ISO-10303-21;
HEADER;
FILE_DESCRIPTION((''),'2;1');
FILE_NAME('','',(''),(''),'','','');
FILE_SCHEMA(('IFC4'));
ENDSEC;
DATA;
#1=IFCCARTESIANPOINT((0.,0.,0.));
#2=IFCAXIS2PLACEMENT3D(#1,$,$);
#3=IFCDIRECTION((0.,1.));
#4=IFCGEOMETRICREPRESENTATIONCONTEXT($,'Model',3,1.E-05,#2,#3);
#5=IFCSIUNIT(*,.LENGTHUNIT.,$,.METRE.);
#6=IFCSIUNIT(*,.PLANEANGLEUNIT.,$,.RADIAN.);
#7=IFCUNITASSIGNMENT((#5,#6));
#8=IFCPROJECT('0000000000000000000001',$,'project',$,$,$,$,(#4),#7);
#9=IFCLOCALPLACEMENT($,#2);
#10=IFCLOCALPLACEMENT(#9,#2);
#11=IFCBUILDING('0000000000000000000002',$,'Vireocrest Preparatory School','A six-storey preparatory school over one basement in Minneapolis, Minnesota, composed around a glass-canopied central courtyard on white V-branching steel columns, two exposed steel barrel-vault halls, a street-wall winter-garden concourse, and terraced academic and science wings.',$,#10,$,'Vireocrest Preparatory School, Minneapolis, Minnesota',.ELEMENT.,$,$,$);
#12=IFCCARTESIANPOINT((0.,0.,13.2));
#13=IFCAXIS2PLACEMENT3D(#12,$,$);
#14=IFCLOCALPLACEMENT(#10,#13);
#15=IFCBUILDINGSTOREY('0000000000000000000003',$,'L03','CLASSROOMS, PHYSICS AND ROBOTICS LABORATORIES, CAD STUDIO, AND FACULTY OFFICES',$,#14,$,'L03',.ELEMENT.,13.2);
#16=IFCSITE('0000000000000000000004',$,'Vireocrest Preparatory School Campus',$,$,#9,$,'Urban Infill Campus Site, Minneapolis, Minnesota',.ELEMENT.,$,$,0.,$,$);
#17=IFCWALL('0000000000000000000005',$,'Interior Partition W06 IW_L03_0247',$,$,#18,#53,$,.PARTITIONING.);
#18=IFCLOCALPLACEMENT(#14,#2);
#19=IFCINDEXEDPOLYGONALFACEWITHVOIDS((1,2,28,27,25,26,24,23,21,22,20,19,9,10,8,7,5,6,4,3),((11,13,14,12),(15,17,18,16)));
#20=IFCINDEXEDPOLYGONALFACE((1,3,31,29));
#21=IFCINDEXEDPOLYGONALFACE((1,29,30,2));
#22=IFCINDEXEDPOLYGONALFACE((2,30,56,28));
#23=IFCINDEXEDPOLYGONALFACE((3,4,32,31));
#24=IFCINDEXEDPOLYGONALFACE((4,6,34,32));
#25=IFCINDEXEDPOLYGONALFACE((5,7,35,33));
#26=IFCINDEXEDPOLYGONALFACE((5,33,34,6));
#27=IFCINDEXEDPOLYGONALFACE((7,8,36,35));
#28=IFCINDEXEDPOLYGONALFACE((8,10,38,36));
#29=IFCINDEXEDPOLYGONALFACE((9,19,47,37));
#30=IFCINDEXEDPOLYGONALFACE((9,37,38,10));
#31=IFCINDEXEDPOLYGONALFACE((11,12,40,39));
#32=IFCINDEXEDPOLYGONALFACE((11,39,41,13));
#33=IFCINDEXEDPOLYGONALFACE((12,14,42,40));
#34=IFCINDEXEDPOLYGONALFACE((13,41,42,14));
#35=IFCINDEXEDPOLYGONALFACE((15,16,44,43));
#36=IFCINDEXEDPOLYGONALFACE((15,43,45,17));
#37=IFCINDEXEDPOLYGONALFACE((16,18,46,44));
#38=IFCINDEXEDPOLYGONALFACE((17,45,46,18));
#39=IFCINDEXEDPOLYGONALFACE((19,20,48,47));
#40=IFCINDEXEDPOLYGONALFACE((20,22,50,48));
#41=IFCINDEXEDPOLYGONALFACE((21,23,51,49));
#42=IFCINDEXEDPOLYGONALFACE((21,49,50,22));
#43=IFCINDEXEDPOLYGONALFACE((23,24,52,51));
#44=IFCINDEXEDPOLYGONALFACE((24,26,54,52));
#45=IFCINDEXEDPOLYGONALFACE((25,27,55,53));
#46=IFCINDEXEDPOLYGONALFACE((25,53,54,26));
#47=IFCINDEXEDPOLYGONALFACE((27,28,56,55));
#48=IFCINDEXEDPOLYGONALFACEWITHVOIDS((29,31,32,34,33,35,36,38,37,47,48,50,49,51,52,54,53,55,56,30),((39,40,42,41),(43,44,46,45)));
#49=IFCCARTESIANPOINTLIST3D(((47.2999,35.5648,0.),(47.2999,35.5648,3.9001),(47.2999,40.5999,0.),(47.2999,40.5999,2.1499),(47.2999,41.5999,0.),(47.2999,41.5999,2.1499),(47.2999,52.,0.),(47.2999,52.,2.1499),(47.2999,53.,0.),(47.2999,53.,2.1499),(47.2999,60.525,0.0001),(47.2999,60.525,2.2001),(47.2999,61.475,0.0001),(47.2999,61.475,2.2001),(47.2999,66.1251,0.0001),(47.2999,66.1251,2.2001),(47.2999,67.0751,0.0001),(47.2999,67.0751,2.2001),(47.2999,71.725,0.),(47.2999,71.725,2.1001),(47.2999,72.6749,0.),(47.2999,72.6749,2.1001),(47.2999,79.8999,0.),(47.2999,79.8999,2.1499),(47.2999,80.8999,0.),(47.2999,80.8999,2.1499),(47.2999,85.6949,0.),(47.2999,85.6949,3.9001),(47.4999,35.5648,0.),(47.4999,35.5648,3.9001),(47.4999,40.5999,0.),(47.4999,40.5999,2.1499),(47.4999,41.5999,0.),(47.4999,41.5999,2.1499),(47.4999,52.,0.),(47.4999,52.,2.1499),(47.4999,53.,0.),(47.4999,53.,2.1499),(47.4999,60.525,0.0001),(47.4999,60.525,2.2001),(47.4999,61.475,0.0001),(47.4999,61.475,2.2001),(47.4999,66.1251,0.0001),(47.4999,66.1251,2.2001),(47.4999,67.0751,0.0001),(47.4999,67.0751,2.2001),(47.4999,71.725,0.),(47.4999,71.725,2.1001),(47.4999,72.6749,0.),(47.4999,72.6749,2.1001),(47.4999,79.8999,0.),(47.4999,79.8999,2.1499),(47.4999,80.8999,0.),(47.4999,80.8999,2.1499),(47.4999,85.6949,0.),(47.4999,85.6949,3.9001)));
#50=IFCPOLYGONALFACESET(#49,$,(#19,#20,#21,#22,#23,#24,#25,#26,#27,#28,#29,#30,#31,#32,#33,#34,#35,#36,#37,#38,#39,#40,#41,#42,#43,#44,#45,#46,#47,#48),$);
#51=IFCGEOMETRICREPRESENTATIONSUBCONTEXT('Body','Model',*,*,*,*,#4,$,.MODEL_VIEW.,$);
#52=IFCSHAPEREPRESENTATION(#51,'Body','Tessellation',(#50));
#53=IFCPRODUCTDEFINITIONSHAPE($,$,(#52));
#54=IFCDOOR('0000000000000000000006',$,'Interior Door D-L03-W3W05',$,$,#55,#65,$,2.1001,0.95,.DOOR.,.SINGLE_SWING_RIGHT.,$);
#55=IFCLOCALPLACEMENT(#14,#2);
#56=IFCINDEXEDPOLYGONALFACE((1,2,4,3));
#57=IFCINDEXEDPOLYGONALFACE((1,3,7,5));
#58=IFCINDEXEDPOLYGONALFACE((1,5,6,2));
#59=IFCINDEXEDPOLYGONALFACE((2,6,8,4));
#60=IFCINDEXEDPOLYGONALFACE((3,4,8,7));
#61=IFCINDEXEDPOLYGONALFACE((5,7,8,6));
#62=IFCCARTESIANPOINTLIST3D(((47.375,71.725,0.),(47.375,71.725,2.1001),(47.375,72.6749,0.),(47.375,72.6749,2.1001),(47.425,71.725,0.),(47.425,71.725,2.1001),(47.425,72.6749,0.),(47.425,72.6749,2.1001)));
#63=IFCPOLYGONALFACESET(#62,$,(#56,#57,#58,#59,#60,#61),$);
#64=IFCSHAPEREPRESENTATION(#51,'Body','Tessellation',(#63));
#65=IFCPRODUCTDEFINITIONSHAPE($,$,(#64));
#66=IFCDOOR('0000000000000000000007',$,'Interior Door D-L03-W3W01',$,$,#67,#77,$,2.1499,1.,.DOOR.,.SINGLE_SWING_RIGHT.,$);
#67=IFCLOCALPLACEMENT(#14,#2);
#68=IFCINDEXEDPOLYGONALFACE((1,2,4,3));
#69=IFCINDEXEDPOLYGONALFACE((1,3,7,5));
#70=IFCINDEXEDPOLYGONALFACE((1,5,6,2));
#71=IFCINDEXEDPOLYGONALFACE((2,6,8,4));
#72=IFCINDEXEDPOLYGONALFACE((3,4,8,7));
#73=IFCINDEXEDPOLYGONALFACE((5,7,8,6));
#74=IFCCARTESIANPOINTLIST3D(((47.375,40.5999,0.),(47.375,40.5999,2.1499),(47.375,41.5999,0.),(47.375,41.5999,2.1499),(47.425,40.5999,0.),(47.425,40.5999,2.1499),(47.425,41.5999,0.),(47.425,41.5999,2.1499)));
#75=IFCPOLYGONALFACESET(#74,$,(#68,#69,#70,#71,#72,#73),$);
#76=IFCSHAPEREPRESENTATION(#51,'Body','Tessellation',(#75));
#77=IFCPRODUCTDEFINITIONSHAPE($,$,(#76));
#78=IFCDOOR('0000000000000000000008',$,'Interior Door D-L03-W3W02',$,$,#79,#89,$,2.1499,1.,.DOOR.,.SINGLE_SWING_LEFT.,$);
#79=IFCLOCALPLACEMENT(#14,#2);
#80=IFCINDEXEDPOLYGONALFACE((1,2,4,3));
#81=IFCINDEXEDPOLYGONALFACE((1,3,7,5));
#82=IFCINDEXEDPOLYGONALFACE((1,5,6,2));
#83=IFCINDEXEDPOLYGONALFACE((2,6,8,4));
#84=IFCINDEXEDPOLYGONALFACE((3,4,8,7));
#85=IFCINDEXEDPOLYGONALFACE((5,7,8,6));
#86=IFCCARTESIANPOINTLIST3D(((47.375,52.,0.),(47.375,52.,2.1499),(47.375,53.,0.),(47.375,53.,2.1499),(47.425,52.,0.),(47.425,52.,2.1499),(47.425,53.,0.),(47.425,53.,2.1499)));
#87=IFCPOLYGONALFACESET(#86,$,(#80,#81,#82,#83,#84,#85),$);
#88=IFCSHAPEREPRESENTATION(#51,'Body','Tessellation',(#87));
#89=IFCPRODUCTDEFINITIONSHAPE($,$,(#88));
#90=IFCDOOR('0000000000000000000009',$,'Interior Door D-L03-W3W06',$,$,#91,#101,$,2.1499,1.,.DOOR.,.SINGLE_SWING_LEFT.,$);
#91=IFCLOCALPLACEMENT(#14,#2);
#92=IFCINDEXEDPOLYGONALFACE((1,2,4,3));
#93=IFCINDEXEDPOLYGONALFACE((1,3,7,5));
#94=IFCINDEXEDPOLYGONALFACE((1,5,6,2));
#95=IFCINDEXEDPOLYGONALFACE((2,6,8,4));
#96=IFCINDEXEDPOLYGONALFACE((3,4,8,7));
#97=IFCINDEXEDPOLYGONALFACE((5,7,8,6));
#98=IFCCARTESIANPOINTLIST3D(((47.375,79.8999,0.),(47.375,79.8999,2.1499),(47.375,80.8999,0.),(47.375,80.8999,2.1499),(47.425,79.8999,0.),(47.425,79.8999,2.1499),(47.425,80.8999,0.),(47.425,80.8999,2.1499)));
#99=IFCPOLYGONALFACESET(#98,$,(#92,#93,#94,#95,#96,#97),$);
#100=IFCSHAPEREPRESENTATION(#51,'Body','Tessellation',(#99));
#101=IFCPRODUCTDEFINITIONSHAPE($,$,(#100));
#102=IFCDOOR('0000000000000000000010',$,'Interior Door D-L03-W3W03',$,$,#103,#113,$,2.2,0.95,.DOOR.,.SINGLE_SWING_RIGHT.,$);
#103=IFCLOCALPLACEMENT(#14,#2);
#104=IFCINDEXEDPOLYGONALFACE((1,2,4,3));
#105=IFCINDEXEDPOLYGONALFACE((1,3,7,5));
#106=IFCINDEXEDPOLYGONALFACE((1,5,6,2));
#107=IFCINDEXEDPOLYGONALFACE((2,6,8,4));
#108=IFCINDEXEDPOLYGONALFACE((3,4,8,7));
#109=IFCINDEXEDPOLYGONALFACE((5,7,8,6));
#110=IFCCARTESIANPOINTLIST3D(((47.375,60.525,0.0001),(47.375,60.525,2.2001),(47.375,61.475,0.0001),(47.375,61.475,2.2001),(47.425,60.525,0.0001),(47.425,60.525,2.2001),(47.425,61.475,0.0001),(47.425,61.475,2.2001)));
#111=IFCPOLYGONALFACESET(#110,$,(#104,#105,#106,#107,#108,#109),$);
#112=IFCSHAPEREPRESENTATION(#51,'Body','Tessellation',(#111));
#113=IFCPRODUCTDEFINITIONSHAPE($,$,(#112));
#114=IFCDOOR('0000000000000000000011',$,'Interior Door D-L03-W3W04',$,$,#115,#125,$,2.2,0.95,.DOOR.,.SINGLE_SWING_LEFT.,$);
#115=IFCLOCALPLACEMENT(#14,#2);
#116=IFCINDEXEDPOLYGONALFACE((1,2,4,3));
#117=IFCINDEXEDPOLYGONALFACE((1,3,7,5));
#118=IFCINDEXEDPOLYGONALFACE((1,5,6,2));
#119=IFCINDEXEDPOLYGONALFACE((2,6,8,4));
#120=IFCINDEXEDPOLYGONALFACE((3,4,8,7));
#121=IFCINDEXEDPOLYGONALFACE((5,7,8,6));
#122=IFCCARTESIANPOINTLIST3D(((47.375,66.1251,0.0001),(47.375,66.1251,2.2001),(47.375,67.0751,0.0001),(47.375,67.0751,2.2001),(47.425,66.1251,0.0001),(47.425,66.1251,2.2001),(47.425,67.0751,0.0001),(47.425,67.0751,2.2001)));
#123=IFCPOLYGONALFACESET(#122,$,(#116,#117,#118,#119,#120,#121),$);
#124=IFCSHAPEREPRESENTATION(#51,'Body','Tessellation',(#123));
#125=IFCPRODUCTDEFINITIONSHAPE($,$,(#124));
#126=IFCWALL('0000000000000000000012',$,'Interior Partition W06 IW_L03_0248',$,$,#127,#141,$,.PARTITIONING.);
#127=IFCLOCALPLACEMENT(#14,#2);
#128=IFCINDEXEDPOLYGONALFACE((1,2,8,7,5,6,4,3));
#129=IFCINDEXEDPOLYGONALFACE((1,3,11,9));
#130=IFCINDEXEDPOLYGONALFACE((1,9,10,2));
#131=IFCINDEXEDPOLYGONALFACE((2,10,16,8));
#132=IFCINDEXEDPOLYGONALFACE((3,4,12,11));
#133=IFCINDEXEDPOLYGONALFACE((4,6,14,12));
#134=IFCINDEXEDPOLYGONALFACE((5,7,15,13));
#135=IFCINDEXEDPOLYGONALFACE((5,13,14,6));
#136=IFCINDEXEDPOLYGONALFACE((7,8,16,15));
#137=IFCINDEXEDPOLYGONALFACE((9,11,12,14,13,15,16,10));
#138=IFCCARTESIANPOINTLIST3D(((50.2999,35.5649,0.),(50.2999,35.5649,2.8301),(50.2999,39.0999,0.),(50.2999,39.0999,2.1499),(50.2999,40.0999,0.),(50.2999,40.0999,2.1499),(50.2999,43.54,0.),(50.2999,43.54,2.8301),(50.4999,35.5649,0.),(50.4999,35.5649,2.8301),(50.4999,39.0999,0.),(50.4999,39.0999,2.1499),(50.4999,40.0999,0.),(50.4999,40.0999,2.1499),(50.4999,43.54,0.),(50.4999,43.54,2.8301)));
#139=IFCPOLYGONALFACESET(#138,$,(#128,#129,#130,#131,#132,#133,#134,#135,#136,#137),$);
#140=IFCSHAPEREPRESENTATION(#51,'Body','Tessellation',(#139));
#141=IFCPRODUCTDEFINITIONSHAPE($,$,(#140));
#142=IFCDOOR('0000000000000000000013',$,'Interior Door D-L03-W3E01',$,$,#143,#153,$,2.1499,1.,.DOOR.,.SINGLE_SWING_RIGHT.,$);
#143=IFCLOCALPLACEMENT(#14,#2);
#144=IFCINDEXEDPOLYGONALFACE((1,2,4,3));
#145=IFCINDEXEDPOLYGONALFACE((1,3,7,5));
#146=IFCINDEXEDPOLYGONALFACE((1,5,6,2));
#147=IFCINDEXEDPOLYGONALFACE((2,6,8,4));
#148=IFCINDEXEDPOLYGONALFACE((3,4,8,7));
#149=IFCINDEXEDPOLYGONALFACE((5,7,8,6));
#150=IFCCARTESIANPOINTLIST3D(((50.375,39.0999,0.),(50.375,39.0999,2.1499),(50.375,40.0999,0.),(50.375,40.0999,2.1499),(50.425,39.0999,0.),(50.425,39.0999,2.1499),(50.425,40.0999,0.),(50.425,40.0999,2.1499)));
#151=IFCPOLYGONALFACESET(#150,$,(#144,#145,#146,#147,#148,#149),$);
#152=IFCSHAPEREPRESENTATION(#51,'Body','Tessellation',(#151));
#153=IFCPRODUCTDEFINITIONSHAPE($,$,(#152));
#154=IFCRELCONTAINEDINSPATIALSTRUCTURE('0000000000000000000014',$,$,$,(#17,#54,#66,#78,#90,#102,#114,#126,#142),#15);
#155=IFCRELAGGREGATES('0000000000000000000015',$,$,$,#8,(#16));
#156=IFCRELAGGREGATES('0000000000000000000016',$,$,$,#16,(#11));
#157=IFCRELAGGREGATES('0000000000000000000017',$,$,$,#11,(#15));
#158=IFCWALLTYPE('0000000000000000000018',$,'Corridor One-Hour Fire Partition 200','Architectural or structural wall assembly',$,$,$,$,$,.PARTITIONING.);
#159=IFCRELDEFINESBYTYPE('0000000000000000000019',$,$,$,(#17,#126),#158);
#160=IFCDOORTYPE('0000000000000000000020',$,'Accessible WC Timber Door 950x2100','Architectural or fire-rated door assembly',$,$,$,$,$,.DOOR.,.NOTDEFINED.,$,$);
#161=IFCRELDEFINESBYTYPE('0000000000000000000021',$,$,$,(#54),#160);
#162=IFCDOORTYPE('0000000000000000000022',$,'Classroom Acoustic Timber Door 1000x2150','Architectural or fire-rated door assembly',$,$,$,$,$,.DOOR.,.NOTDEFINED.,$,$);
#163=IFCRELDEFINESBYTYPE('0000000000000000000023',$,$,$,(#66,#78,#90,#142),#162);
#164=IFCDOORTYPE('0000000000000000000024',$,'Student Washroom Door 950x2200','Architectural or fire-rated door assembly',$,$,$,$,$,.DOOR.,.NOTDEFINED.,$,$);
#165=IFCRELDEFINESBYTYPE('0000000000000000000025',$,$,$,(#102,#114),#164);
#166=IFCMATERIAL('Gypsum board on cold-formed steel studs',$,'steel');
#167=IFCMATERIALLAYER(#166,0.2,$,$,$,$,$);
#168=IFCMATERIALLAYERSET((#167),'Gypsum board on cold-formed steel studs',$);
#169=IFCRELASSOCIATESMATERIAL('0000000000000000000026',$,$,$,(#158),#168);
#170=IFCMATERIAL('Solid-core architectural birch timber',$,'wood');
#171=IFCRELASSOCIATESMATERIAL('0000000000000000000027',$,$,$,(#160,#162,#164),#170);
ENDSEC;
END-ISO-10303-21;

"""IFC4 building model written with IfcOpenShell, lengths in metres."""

from ifc_helpers import new_model, si_unit, direction, frame, frame_2d, origin, place, context, subcontext, project, spatial, rectangle, extrude, material, layer, layer_set, type_object, element, fill, save


model = new_model("IFC4")

# Units and contexts
model_context = context("Model", 3, precision=1e-05, world=origin(), true_north=direction((0.0, 1.0)))
body_context = subcontext(model_context, "Body", "Model", "MODEL_VIEW")
ifc_project = project(units=[si_unit("LENGTHUNIT", "METRE"), si_unit("PLANEANGLEUNIT", "RADIAN")], contexts=[model_context])

# Site, building, storey
site_placement = place(None, origin())
site = spatial("IfcSite", under=ifc_project, at=site_placement, Name="Vireocrest Preparatory School Campus", LongName="Urban Infill Campus Site, Minneapolis, Minnesota", CompositionType="ELEMENT", RefElevation=0.0)
building_placement = place(site_placement, origin())
building = spatial("IfcBuilding", under=site, at=building_placement, Name="Vireocrest Preparatory School", Description="A six-storey preparatory school over one basement in Minneapolis, Minnesota, composed around a glass-canopied central courtyard on white V-branching steel columns, two exposed steel barrel-vault halls, a street-wall winter-garden concourse, and terraced academic and science wings.", LongName="Vireocrest Preparatory School, Minneapolis, Minnesota", CompositionType="ELEMENT")
storey_placement = place(building_placement, frame((0.0, 0.0, 13.2)))
storey = spatial("IfcBuildingStorey", under=building, at=storey_placement, Name="L03", Description="CLASSROOMS, PHYSICS AND ROBOTICS LABORATORIES, CAD STUDIO, AND FACULTY OFFICES", LongName="L03", CompositionType="ELEMENT", Elevation=13.2)

# Wall, openings, doors
ifc_material_1 = material(Name="Gypsum board on cold-formed steel studs", Category="steel")
ifc_layer_1 = layer(ifc_material_1, 0.2)
ifc_layer_set_1 = layer_set([ifc_layer_1], Name="Gypsum board on cold-formed steel studs")
wall_type_1 = type_object("IfcWallType", Name="Corridor One-Hour Fire Partition 200", Description="Architectural or structural wall assembly", PredefinedType="PARTITIONING", material=ifc_layer_set_1)
wall_1_placement = place(storey_placement, frame((47.3999, 35.5649, 0.0), z_axis=(0.0, 0.0, 1.0), x_axis=(0.0, 1.0, 0.0)))
wall_1 = element("IfcWall", 1, at=wall_1_placement, inside=storey, type_object=wall_type_1, Name="Interior Partition W06 IW_L03_0247", PredefinedType="PARTITIONING", context=body_context, shape_type="SweptSolid", body=[
    extrude(rectangle(XDim=50.1301, YDim=0.2, at=frame_2d((25.0649, 0.0))), origin(), (0.0, 0.0, 1.0), 3.9001),
])
opening_1_placement = place(wall_1_placement, frame((5.0349, 0.0, 0.0)))
opening_1 = element("IfcOpeningElement", 2, at=opening_1_placement, cuts=wall_1, PredefinedType="OPENING", context=body_context, shape_type="SweptSolid", body=[
    extrude(rectangle(XDim=1.0, YDim=2.1499, at=frame_2d((0.5, 1.075))), frame((0.0, 0.1099, 0.0), z_axis=(0.0, -1.0, 0.0), x_axis=(1.0, 0.0, 0.0)), (0.0, 0.0, 1.0), 0.22),
])
opening_2_placement = place(wall_1_placement, frame((16.4351, 0.0, 0.0)))
opening_2 = element("IfcOpeningElement", 3, at=opening_2_placement, cuts=wall_1, PredefinedType="OPENING", context=body_context, shape_type="SweptSolid", body=[
    extrude(rectangle(XDim=1.0, YDim=2.1499, at=frame_2d((0.5, 1.075))), frame((0.0, 0.1099, 0.0), z_axis=(0.0, -1.0, 0.0), x_axis=(1.0, 0.0, 0.0)), (0.0, 0.0, 1.0), 0.22),
])
opening_3_placement = place(wall_1_placement, frame((24.96, 0.0, 0.0)))
opening_3 = element("IfcOpeningElement", 4, at=opening_3_placement, cuts=wall_1, PredefinedType="OPENING", context=body_context, shape_type="SweptSolid", body=[
    extrude(rectangle(XDim=0.95, YDim=2.2, at=frame_2d((0.4751, 1.1001))), frame((0.0, 0.1099, 0.0), z_axis=(0.0, -1.0, 0.0), x_axis=(1.0, 0.0, 0.0)), (0.0, 0.0, 1.0), 0.22),
])
opening_4_placement = place(wall_1_placement, frame((30.5601, 0.0, 0.0)))
opening_4 = element("IfcOpeningElement", 5, at=opening_4_placement, cuts=wall_1, PredefinedType="OPENING", context=body_context, shape_type="SweptSolid", body=[
    extrude(rectangle(XDim=0.95, YDim=2.2, at=frame_2d((0.4751, 1.1001))), frame((0.0, 0.1099, 0.0), z_axis=(0.0, -1.0, 0.0), x_axis=(1.0, 0.0, 0.0)), (0.0, 0.0, 1.0), 0.22),
])
opening_5_placement = place(wall_1_placement, frame((36.1599, 0.0, 0.0)))
opening_5 = element("IfcOpeningElement", 6, at=opening_5_placement, cuts=wall_1, PredefinedType="OPENING", context=body_context, shape_type="SweptSolid", body=[
    extrude(rectangle(XDim=0.95, YDim=2.1001, at=frame_2d((0.4751, 1.05))), frame((0.0, 0.1099, 0.0), z_axis=(0.0, -1.0, 0.0), x_axis=(1.0, 0.0, 0.0)), (0.0, 0.0, 1.0), 0.22),
])
opening_6_placement = place(wall_1_placement, frame((44.335, 0.0, 0.0)))
opening_6 = element("IfcOpeningElement", 7, at=opening_6_placement, cuts=wall_1, PredefinedType="OPENING", context=body_context, shape_type="SweptSolid", body=[
    extrude(rectangle(XDim=1.0, YDim=2.1499, at=frame_2d((0.5, 1.075))), frame((0.0, 0.1099, 0.0), z_axis=(0.0, -1.0, 0.0), x_axis=(1.0, 0.0, 0.0)), (0.0, 0.0, 1.0), 0.22),
])
ifc_material_2 = material(Name="Solid-core architectural birch timber", Category="wood")
door_type_1 = type_object("IfcDoorType", Name="Accessible WC Timber Door 950x2100", Description="Architectural or fire-rated door assembly", OperationType="NOTDEFINED", PredefinedType="DOOR", material=ifc_material_2)
door_1_placement = place(opening_5_placement, origin())
door_1 = element("IfcDoor", 8, at=door_1_placement, inside=storey, type_object=door_type_1, Name="Interior Door D-L03-W3W05", OperationType="SINGLE_SWING_RIGHT", OverallHeight=2.1001, OverallWidth=0.95, PredefinedType="DOOR", context=body_context, shape_type="SweptSolid", body=[
    extrude(rectangle(XDim=0.95, YDim=2.1001, at=frame_2d((0.4751, 1.05))), frame((0.0, 0.0249, 0.0), z_axis=(0.0, -1.0, 0.0), x_axis=(1.0, 0.0, 0.0)), (0.0, 0.0, 1.0), 0.05),
])
fill(opening_5, door_1)
door_type_2 = type_object("IfcDoorType", Name="Classroom Acoustic Timber Door 1000x2150", Description="Architectural or fire-rated door assembly", OperationType="NOTDEFINED", PredefinedType="DOOR", material=ifc_material_2)
door_2_placement = place(opening_1_placement, origin())
door_2 = element("IfcDoor", 9, at=door_2_placement, inside=storey, type_object=door_type_2, Name="Interior Door D-L03-W3W01", OperationType="SINGLE_SWING_RIGHT", OverallHeight=2.1499, OverallWidth=1.0, PredefinedType="DOOR", context=body_context, shape_type="SweptSolid", body=[
    extrude(rectangle(XDim=1.0, YDim=2.1499, at=frame_2d((0.5, 1.075))), frame((0.0, 0.0249, 0.0), z_axis=(0.0, -1.0, 0.0), x_axis=(1.0, 0.0, 0.0)), (0.0, 0.0, 1.0), 0.05),
])
fill(opening_1, door_2)
door_3_placement = place(opening_2_placement, origin())
door_3 = element("IfcDoor", 10, at=door_3_placement, inside=storey, type_object=door_type_2, Name="Interior Door D-L03-W3W02", OperationType="SINGLE_SWING_LEFT", OverallHeight=2.1499, OverallWidth=1.0, PredefinedType="DOOR", context=body_context, shape_type="SweptSolid", body=[
    extrude(rectangle(XDim=1.0, YDim=2.1499, at=frame_2d((0.5, 1.075))), frame((0.0, 0.0249, 0.0), z_axis=(0.0, -1.0, 0.0), x_axis=(1.0, 0.0, 0.0)), (0.0, 0.0, 1.0), 0.05),
])
fill(opening_2, door_3)
door_4_placement = place(opening_6_placement, origin())
door_4 = element("IfcDoor", 11, at=door_4_placement, inside=storey, type_object=door_type_2, Name="Interior Door D-L03-W3W06", OperationType="SINGLE_SWING_LEFT", OverallHeight=2.1499, OverallWidth=1.0, PredefinedType="DOOR", context=body_context, shape_type="SweptSolid", body=[
    extrude(rectangle(XDim=1.0, YDim=2.1499, at=frame_2d((0.5, 1.075))), frame((0.0, 0.0249, 0.0), z_axis=(0.0, -1.0, 0.0), x_axis=(1.0, 0.0, 0.0)), (0.0, 0.0, 1.0), 0.05),
])
fill(opening_6, door_4)
door_type_3 = type_object("IfcDoorType", Name="Student Washroom Door 950x2200", Description="Architectural or fire-rated door assembly", OperationType="NOTDEFINED", PredefinedType="DOOR", material=ifc_material_2)
door_5_placement = place(opening_3_placement, origin())
door_5 = element("IfcDoor", 12, at=door_5_placement, inside=storey, type_object=door_type_3, Name="Interior Door D-L03-W3W03", OperationType="SINGLE_SWING_RIGHT", OverallHeight=2.2, OverallWidth=0.95, PredefinedType="DOOR", context=body_context, shape_type="SweptSolid", body=[
    extrude(rectangle(XDim=0.95, YDim=2.2, at=frame_2d((0.4751, 1.1001))), frame((0.0, 0.0249, 0.0), z_axis=(0.0, -1.0, 0.0), x_axis=(1.0, 0.0, 0.0)), (0.0, 0.0, 1.0), 0.05),
])
fill(opening_3, door_5)
door_6_placement = place(opening_4_placement, origin())
door_6 = element("IfcDoor", 13, at=door_6_placement, inside=storey, type_object=door_type_3, Name="Interior Door D-L03-W3W04", OperationType="SINGLE_SWING_LEFT", OverallHeight=2.2, OverallWidth=0.95, PredefinedType="DOOR", context=body_context, shape_type="SweptSolid", body=[
    extrude(rectangle(XDim=0.95, YDim=2.2, at=frame_2d((0.4751, 1.1001))), frame((0.0, 0.0249, 0.0), z_axis=(0.0, -1.0, 0.0), x_axis=(1.0, 0.0, 0.0)), (0.0, 0.0, 1.0), 0.05),
])
fill(opening_4, door_6)

# Wall, opening, door
wall_2_placement = place(storey_placement, frame((50.3999, 35.5649, 0.0), z_axis=(0.0, 0.0, 1.0), x_axis=(0.0, 1.0, 0.0)))
wall_2 = element("IfcWall", 14, at=wall_2_placement, inside=storey, type_object=wall_type_1, Name="Interior Partition W06 IW_L03_0248", PredefinedType="PARTITIONING", context=body_context, shape_type="SweptSolid", body=[
    extrude(rectangle(XDim=7.9751, YDim=0.2, at=frame_2d((3.9875, 0.0))), origin(), (0.0, 0.0, 1.0), 2.8301),
])
opening_7_placement = place(wall_2_placement, frame((3.5349, 0.0, 0.0)))
opening_7 = element("IfcOpeningElement", 15, at=opening_7_placement, cuts=wall_2, PredefinedType="OPENING", context=body_context, shape_type="SweptSolid", body=[
    extrude(rectangle(XDim=1.0, YDim=2.1499, at=frame_2d((0.5, 1.075))), frame((0.0, 0.1099, 0.0), z_axis=(0.0, -1.0, 0.0), x_axis=(1.0, 0.0, 0.0)), (0.0, 0.0, 1.0), 0.22),
])
door_7_placement = place(opening_7_placement, origin())
door_7 = element("IfcDoor", 16, at=door_7_placement, inside=storey, type_object=door_type_2, Name="Interior Door D-L03-W3E01", OperationType="SINGLE_SWING_RIGHT", OverallHeight=2.1499, OverallWidth=1.0, PredefinedType="DOOR", context=body_context, shape_type="SweptSolid", body=[
    extrude(rectangle(XDim=1.0, YDim=2.1499, at=frame_2d((0.5, 1.075))), frame((0.0, 0.0249, 0.0), z_axis=(0.0, -1.0, 0.0), x_axis=(1.0, 0.0, 0.0)), (0.0, 0.0, 1.0), 0.05),
])
fill(opening_7, door_7)

save(model, "model.ifc")
